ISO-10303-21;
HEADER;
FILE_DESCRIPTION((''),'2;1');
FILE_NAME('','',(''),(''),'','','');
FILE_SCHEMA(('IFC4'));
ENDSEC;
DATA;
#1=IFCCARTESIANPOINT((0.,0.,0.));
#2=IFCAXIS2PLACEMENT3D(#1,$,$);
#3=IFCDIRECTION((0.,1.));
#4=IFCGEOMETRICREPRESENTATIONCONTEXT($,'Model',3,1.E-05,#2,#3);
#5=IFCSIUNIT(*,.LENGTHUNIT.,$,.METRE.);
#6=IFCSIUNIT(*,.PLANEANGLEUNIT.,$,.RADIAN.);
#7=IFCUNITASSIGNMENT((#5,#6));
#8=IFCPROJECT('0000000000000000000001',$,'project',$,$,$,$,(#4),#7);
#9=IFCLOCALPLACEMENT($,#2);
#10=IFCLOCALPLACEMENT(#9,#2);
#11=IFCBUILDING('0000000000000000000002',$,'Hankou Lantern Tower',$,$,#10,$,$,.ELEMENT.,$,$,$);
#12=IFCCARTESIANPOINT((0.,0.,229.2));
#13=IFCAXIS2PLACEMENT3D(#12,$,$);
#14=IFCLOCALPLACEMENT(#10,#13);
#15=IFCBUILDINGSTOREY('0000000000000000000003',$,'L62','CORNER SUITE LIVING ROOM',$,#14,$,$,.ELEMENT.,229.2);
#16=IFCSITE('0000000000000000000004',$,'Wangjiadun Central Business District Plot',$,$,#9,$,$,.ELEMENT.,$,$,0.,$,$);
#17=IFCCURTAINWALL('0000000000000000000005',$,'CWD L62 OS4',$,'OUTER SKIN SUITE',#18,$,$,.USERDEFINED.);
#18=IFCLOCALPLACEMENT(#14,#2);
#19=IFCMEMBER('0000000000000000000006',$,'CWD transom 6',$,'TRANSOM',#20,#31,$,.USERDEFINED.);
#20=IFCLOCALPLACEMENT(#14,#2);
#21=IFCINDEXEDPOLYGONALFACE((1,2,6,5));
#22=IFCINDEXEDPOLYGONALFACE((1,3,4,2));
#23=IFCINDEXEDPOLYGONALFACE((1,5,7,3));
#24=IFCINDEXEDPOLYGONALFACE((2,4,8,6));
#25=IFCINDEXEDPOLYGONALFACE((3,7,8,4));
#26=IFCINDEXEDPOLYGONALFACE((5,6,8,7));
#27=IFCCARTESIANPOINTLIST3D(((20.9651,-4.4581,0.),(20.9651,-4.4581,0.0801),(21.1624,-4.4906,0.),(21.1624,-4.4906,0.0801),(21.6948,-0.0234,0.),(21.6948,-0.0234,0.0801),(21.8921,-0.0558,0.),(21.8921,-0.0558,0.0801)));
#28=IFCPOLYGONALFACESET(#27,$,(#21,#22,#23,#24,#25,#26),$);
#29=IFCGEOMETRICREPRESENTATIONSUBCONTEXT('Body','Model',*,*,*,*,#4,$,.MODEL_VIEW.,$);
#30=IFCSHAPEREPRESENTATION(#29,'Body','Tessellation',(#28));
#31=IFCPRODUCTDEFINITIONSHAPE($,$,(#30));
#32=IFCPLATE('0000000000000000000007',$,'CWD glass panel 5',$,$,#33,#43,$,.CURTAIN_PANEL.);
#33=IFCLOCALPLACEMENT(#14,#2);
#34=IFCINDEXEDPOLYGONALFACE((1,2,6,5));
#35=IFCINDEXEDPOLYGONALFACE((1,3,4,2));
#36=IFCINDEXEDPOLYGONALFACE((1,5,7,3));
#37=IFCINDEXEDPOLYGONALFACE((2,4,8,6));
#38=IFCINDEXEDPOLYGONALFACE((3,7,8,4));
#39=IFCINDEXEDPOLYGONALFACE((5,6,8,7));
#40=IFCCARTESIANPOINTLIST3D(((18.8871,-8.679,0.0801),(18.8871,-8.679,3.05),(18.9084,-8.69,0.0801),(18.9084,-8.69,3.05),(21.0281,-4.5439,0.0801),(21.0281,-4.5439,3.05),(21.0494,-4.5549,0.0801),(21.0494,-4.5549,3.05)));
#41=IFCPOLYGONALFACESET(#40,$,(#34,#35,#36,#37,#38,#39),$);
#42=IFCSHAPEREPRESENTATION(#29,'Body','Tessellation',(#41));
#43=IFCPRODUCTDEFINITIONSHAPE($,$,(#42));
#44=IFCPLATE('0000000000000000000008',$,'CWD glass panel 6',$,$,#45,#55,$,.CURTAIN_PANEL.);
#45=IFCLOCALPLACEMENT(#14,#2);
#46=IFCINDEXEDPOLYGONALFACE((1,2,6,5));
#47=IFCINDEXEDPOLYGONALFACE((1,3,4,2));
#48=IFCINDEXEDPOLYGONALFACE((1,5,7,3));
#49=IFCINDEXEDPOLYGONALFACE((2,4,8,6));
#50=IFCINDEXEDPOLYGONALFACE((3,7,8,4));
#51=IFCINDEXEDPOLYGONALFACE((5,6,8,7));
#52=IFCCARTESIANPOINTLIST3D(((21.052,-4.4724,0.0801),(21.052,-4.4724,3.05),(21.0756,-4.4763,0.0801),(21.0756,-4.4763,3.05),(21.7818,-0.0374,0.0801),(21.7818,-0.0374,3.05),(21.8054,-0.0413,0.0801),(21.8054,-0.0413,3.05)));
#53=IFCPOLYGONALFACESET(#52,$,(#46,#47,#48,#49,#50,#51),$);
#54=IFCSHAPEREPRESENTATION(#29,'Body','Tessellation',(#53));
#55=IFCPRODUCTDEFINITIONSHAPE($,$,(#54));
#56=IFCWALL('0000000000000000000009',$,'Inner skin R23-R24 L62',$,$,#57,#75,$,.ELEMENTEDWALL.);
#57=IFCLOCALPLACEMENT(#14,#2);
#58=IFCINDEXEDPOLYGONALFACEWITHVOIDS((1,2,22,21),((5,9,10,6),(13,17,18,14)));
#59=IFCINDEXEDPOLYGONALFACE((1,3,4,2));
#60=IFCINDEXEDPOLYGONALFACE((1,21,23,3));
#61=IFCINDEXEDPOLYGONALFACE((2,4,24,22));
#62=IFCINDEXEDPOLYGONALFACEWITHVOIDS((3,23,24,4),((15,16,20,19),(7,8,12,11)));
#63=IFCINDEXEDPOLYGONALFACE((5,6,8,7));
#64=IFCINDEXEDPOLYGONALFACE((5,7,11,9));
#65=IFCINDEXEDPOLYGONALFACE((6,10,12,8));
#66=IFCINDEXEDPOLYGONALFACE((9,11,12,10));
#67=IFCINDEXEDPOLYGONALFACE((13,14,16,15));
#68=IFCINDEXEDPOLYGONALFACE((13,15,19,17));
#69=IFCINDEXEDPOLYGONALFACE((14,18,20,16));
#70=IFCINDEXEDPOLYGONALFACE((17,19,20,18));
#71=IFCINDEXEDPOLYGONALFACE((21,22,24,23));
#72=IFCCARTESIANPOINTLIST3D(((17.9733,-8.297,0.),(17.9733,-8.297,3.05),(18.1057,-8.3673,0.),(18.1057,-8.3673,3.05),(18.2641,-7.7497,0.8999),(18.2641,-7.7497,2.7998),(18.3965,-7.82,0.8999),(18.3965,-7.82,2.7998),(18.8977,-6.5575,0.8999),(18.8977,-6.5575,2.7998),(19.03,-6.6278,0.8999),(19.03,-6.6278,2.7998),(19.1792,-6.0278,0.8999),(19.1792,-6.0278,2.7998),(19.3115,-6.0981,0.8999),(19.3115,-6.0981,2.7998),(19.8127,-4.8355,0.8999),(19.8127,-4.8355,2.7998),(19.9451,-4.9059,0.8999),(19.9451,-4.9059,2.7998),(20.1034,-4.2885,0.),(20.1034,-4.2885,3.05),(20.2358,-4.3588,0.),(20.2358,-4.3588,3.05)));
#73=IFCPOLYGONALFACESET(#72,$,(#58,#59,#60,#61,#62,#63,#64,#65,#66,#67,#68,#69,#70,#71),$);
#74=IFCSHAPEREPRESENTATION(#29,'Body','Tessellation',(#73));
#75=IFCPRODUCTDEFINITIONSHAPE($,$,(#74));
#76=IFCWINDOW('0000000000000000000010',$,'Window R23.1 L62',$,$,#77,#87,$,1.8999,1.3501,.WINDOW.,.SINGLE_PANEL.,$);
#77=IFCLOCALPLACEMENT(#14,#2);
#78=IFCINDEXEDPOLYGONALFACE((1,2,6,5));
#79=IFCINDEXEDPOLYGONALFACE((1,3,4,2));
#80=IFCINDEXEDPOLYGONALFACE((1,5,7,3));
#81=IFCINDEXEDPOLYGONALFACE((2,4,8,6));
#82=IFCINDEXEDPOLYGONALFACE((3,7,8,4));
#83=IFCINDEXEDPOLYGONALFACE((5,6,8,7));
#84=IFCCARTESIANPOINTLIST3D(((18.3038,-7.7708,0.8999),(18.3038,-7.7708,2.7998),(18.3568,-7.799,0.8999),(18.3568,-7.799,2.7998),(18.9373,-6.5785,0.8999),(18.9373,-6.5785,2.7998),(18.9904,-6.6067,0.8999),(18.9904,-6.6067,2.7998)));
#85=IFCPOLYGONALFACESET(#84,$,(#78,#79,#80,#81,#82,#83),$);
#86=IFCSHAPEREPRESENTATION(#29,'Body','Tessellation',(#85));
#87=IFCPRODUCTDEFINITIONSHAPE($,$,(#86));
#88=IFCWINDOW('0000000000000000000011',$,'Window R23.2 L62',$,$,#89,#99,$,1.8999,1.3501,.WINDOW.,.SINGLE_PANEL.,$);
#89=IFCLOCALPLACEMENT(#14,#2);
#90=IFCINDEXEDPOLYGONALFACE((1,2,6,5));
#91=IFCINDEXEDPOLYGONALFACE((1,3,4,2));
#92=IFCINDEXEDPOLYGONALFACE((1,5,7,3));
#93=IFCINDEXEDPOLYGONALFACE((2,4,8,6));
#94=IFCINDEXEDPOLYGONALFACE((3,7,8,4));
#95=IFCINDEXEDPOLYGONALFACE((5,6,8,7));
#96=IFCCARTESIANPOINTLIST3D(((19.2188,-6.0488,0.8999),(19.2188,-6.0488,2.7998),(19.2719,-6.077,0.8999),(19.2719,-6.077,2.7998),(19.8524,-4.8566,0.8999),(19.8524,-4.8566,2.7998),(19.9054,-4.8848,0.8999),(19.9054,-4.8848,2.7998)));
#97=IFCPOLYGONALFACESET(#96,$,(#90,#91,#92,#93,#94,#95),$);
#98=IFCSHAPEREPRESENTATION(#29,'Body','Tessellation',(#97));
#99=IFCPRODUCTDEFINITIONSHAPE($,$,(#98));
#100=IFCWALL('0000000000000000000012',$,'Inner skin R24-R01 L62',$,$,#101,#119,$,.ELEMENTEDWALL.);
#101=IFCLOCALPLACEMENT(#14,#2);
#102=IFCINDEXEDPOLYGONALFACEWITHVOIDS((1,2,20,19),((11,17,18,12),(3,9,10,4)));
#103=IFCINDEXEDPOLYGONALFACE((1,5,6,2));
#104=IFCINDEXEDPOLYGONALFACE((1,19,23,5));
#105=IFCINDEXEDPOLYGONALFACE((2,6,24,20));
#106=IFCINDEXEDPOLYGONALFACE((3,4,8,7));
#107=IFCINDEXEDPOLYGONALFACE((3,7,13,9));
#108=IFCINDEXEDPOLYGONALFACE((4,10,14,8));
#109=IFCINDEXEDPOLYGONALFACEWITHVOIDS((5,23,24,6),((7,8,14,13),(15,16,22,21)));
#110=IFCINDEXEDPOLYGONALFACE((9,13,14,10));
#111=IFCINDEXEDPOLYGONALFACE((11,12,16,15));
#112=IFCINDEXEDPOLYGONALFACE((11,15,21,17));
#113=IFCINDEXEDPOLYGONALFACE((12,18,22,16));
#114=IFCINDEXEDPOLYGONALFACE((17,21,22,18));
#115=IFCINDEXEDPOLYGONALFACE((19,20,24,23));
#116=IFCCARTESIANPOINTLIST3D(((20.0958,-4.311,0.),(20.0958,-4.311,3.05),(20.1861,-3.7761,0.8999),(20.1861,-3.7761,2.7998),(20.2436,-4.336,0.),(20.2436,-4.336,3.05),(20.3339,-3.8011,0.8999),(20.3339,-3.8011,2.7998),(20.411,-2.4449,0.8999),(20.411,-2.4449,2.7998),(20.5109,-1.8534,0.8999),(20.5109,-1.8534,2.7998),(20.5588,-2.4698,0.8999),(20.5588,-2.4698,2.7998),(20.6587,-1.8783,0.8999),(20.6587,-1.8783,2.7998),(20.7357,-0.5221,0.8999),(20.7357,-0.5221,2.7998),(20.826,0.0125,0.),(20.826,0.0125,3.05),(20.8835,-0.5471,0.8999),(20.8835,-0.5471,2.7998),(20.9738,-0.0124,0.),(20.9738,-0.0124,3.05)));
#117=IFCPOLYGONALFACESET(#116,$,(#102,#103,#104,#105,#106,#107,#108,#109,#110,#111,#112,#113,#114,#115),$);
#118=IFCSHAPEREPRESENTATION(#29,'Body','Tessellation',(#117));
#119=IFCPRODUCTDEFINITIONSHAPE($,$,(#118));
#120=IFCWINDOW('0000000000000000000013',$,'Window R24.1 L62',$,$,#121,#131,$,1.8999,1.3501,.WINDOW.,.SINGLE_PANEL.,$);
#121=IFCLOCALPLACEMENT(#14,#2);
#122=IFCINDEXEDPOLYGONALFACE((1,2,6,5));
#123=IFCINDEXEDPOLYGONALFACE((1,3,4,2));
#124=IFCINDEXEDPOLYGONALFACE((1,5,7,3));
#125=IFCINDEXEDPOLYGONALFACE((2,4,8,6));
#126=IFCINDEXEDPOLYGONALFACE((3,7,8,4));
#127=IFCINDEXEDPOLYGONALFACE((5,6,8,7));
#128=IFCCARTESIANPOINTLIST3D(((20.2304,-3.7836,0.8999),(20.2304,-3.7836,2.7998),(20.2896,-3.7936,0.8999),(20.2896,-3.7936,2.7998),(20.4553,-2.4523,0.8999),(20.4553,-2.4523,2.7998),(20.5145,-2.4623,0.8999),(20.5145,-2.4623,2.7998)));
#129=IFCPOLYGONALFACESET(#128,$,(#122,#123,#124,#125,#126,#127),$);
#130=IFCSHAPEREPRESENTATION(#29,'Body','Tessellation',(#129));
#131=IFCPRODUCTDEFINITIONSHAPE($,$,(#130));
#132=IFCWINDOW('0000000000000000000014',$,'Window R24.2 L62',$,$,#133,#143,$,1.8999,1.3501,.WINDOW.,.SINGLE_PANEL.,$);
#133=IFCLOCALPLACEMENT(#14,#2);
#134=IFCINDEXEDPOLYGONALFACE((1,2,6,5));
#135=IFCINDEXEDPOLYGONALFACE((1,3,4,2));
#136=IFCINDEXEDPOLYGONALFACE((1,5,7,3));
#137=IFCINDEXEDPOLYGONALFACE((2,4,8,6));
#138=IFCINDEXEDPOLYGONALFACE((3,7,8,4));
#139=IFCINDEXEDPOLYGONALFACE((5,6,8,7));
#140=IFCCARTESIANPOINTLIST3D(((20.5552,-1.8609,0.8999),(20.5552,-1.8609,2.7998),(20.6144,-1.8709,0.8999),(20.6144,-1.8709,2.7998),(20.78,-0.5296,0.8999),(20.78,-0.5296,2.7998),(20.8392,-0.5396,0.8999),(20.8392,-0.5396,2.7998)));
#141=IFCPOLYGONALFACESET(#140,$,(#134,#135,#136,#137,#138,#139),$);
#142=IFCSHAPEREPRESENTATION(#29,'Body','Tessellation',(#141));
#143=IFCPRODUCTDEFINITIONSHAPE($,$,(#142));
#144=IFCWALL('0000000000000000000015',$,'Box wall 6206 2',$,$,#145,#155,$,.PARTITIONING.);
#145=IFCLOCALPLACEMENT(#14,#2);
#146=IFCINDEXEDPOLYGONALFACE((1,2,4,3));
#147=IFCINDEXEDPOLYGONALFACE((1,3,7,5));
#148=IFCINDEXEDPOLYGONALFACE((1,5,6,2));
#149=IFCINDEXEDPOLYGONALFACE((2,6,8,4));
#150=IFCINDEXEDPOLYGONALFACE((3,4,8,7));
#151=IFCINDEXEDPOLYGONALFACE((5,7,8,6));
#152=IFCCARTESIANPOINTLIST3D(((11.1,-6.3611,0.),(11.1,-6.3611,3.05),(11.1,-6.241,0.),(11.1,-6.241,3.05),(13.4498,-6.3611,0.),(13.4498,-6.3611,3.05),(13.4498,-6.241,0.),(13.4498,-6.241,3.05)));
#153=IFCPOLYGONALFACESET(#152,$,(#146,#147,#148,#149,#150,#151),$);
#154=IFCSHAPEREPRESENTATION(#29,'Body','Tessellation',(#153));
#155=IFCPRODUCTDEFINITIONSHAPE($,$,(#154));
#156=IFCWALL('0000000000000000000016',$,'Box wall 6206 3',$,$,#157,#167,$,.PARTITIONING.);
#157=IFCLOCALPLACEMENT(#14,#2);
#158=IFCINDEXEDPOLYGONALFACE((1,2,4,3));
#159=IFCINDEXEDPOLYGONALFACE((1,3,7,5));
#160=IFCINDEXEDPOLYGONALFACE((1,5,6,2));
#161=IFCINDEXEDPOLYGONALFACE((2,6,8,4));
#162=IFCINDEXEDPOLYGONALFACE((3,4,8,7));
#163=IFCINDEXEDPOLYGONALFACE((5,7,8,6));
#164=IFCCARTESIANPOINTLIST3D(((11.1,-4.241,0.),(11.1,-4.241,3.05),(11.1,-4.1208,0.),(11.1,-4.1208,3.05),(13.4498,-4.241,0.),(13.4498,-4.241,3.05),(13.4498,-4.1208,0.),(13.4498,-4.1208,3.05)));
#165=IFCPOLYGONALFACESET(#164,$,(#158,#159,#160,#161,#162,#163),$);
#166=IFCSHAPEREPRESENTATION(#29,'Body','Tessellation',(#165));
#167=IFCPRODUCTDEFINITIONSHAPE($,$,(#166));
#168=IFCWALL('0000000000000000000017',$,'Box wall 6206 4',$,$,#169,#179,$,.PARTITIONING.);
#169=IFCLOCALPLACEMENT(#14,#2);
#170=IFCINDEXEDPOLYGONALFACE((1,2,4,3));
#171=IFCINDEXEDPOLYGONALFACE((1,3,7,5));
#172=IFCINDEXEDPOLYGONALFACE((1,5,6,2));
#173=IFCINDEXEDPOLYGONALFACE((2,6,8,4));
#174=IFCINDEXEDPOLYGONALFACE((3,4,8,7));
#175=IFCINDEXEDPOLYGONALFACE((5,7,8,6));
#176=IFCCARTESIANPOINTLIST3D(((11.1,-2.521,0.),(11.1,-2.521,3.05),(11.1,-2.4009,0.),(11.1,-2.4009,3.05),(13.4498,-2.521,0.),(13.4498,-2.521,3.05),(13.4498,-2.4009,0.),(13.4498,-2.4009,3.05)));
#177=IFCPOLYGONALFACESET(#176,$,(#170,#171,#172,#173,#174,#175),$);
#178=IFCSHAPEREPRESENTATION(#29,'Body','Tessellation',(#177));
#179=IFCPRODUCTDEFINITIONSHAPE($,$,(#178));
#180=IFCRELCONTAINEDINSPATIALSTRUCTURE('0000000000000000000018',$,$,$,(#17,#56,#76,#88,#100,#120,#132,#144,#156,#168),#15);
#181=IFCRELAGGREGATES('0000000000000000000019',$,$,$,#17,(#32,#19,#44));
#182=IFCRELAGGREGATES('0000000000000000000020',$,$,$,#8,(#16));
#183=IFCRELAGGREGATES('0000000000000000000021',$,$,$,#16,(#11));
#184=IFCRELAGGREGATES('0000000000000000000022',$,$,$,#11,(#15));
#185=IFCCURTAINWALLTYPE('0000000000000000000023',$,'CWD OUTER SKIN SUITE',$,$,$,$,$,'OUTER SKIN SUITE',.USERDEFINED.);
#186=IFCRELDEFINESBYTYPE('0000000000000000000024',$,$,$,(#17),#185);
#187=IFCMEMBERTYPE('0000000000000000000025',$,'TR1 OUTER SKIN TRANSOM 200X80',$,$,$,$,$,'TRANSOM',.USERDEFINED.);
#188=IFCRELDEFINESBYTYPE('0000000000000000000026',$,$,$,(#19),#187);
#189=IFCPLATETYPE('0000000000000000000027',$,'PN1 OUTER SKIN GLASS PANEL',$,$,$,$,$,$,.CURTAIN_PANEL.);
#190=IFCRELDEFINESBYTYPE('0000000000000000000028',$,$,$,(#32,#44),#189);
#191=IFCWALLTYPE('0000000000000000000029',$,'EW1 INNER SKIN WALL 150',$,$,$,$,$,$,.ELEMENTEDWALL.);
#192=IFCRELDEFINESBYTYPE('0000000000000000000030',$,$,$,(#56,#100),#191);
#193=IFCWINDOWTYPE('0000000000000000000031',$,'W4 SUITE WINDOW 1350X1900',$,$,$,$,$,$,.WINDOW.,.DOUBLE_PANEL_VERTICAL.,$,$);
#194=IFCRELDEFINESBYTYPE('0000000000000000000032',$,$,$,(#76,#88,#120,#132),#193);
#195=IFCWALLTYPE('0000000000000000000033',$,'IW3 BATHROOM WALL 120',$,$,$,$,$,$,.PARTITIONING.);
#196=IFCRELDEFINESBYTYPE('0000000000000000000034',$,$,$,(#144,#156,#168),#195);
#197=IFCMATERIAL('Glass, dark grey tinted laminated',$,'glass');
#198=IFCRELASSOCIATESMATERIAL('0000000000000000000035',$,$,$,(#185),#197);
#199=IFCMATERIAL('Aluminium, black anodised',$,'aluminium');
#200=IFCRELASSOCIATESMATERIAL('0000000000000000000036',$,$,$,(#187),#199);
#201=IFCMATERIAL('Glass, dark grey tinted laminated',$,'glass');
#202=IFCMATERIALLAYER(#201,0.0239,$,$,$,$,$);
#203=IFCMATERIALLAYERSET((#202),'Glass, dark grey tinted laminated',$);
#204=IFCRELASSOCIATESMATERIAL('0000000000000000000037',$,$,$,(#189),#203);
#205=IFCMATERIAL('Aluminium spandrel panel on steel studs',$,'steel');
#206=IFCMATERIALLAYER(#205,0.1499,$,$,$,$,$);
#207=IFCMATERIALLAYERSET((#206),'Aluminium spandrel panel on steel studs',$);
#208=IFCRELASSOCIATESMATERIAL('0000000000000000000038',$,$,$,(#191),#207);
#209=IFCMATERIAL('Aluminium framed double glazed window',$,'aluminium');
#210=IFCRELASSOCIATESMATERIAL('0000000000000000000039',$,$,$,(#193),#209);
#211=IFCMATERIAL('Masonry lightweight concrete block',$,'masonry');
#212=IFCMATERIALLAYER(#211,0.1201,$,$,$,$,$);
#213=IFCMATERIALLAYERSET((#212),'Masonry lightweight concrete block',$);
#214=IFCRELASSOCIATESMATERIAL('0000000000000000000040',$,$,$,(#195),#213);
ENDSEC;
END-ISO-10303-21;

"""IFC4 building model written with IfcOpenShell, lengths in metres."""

from ifc_helpers import new_model, si_unit, direction, frame, frame_2d, origin, origin_2d, place, context, subcontext, project, spatial, rectangle, extrude, material, layer, layer_set, material_profile, profile_set, type_object, element, fill, aggregate, save


model = new_model("IFC4")

# Units and contexts
model_context = context("Model", 3, precision=1e-05, world=origin(), true_north=direction((0.0, 1.0)))
body_context = subcontext(model_context, "Body", "Model", "MODEL_VIEW")
ifc_project = project(units=[si_unit("LENGTHUNIT", "METRE"), si_unit("PLANEANGLEUNIT", "RADIAN")], contexts=[model_context])

# Site, building, storey
site_placement = place(None, origin())
site = spatial("IfcSite", under=ifc_project, at=site_placement, Name="Wangjiadun Central Business District Plot", CompositionType="ELEMENT", RefElevation=0.0)
building_placement = place(site_placement, origin())
building = spatial("IfcBuilding", under=site, at=building_placement, Name="Hankou Lantern Tower", CompositionType="ELEMENT")
storey_placement = place(building_placement, frame((0.0, 0.0, 229.2)))
storey = spatial("IfcBuildingStorey", under=building, at=storey_placement, Name="L62", Description="CORNER SUITE LIVING ROOM", CompositionType="ELEMENT", Elevation=229.2)

# Curtain wall
ifc_material_1 = material(Name="Glass, dark grey tinted laminated", Category="glass")
curtain_wall_type = type_object("IfcCurtainWallType", Name="CWD OUTER SKIN SUITE", ElementType="OUTER SKIN SUITE", PredefinedType="USERDEFINED", material=ifc_material_1)
curtain_wall_placement = place(storey_placement, origin())
curtain_wall = element("IfcCurtainWall", 1, at=curtain_wall_placement, inside=storey, type_object=curtain_wall_type, Name="CWD L62 OS4", ObjectType="OUTER SKIN SUITE", PredefinedType="USERDEFINED")

# Member
ifc_material_2 = material(Name="Aluminium, black anodised", Category="aluminium")
ifc_material_profile_1 = material_profile(ifc_material_2, rectangle(XDim=0.2, YDim=0.0801, at=origin_2d()), Name="TR1 200X80")
ifc_profile_set_1 = profile_set([ifc_material_profile_1], Name="Aluminium, black anodised")
member_type_1 = type_object("IfcMemberType", Name="TR1 OUTER SKIN TRANSOM 200X80", ElementType="TRANSOM", PredefinedType="USERDEFINED", material=ifc_profile_set_1)
member_1_placement = place(storey_placement, frame((21.0637, -4.4744, 0.04), z_axis=(0.162364, 0.986731, 0.0), x_axis=(-0.986731, 0.162364, 0.0)))
member_1 = element("IfcMember", 2, at=member_1_placement, type_object=member_type_1, Name="CWD transom 6", ObjectType="TRANSOM", PredefinedType="USERDEFINED", context=body_context, shape_type="SweptSolid", body=[
    extrude(rectangle(XDim=0.2, YDim=0.0801, at=origin_2d()), origin(), (0.0, 0.0, 1.0), 4.4944),
])

# Plates
ifc_material_3 = material(Name="Glass, dark grey tinted laminated", Category="glass")
ifc_layer_1 = layer(ifc_material_3, 0.0239)
ifc_layer_set_1 = layer_set([ifc_layer_1], Name="Glass, dark grey tinted laminated")
plate_type = type_object("IfcPlateType", Name="PN1 OUTER SKIN GLASS PANEL", PredefinedType="CURTAIN_PANEL", material=ifc_layer_set_1)
plate_1_placement = place(storey_placement, frame((19.9683, -6.6169, 0.0801), z_axis=(0.0, 0.0, 1.0), x_axis=(0.459791, 0.888027, 0.0)))
plate_1 = element("IfcPlate", 3, at=plate_1_placement, type_object=plate_type, Name="CWD glass panel 5", PredefinedType="CURTAIN_PANEL", context=body_context, shape_type="SweptSolid", body=[
    extrude(rectangle(XDim=4.6565, YDim=0.0239, at=origin_2d()), origin(), (0.0, 0.0, 1.0), 2.97),
])
plate_2_placement = place(storey_placement, frame((21.4287, -2.2568, 0.0801), z_axis=(0.0, 0.0, 1.0), x_axis=(0.162382, 0.986728, 0.0)))
plate_2 = element("IfcPlate", 4, at=plate_2_placement, type_object=plate_type, Name="CWD glass panel 6", PredefinedType="CURTAIN_PANEL", context=body_context, shape_type="SweptSolid", body=[
    extrude(rectangle(XDim=4.4946, YDim=0.0239, at=origin_2d()), origin(), (0.0, 0.0, 1.0), 2.97),
])
aggregate(curtain_wall, [plate_1, member_1, plate_2])

# Walls, openings, windows
ifc_material_4 = material(Name="Aluminium spandrel panel on steel studs", Category="steel")
ifc_layer_2 = layer(ifc_material_4, 0.1499)
ifc_layer_set_2 = layer_set([ifc_layer_2], Name="Aluminium spandrel panel on steel studs")
wall_type_1 = type_object("IfcWallType", Name="EW1 INNER SKIN WALL 150", PredefinedType="ELEMENTEDWALL", material=ifc_layer_set_2)
wall_1_placement = place(storey_placement, frame((18.0396, -8.332, 0.0), z_axis=(0.0, 0.0, 1.0), x_axis=(0.469256, 0.883062, 0.0)))
wall_1 = element("IfcWall", 5, at=wall_1_placement, inside=storey, type_object=wall_type_1, Name="Inner skin R23-R24 L62", PredefinedType="ELEMENTEDWALL", context=body_context, shape_type="SweptSolid", body=[
    extrude(rectangle(XDim=4.5393, YDim=0.1499, at=frame_2d((2.2695, 0.0))), origin(), (0.0, 0.0, 1.0), 3.05),
])
opening_1_placement = place(wall_1_placement, frame((0.6196, 0.0, 0.8999)))
opening_1 = element("IfcOpeningElement", 6, at=opening_1_placement, cuts=wall_1, PredefinedType="OPENING", context=body_context, shape_type="SweptSolid", body=[
    extrude(rectangle(XDim=1.3501, YDim=1.8999, at=frame_2d((0.675, 0.95))), frame((0.0, 0.085, 0.0), z_axis=(0.0, -1.0, 0.0), x_axis=(1.0, 0.0, 0.0)), (0.0, 0.0, 1.0), 0.1699),
])
opening_2_placement = place(wall_1_placement, frame((2.5696, 0.0, 0.8999)))
opening_2 = element("IfcOpeningElement", 7, at=opening_2_placement, cuts=wall_1, PredefinedType="OPENING", context=body_context, shape_type="SweptSolid", body=[
    extrude(rectangle(XDim=1.3501, YDim=1.8999, at=frame_2d((0.675, 0.95))), frame((0.0, 0.085, 0.0), z_axis=(0.0, -1.0, 0.0), x_axis=(1.0, 0.0, 0.0)), (0.0, 0.0, 1.0), 0.1699),
])
ifc_material_5 = material(Name="Aluminium framed double glazed window", Category="aluminium")
window_type = type_object("IfcWindowType", Name="W4 SUITE WINDOW 1350X1900", PartitioningType="DOUBLE_PANEL_VERTICAL", PredefinedType="WINDOW", material=ifc_material_5)
window_1_placement = place(opening_1_placement, origin())
window_1 = element("IfcWindow", 8, at=window_1_placement, inside=storey, type_object=window_type, Name="Window R23.1 L62", OverallHeight=1.8999, OverallWidth=1.3501, PartitioningType="SINGLE_PANEL", PredefinedType="WINDOW", context=body_context, shape_type="SweptSolid", body=[
    extrude(rectangle(XDim=1.3501, YDim=1.8999, at=frame_2d((0.675, 0.95))), frame((0.0, 0.03, 0.0), z_axis=(0.0, -1.0, 0.0), x_axis=(1.0, 0.0, 0.0)), (0.0, 0.0, 1.0), 0.0601),
])
fill(opening_1, window_1)
window_2_placement = place(opening_2_placement, origin())
window_2 = element("IfcWindow", 9, at=window_2_placement, inside=storey, type_object=window_type, Name="Window R23.2 L62", OverallHeight=1.8999, OverallWidth=1.3501, PartitioningType="SINGLE_PANEL", PredefinedType="WINDOW", context=body_context, shape_type="SweptSolid", body=[
    extrude(rectangle(XDim=1.3501, YDim=1.8999, at=frame_2d((0.675, 0.95))), frame((0.0, 0.03, 0.0), z_axis=(0.0, -1.0, 0.0), x_axis=(1.0, 0.0, 0.0)), (0.0, 0.0, 1.0), 0.0601),
])
fill(opening_2, window_2)
wall_2_placement = place(storey_placement, frame((20.1697, -4.3235, 0.0), z_axis=(0.0, 0.0, 1.0), x_axis=(0.166539, 0.986035, 0.0)))
wall_2 = element("IfcWall", 10, at=wall_2_placement, inside=storey, type_object=wall_type_1, Name="Inner skin R24-R01 L62", PredefinedType="ELEMENTEDWALL", context=body_context, shape_type="SweptSolid", body=[
    extrude(rectangle(XDim=4.3848, YDim=0.1499, at=frame_2d((2.1924, 0.0))), origin(), (0.0, 0.0, 1.0), 3.05),
])
opening_3_placement = place(wall_2_placement, frame((0.5425, 0.0, 0.8999)))
opening_3 = element("IfcOpeningElement", 11, at=opening_3_placement, cuts=wall_2, PredefinedType="OPENING", context=body_context, shape_type="SweptSolid", body=[
    extrude(rectangle(XDim=1.3501, YDim=1.8999, at=frame_2d((0.675, 0.95))), frame((0.0, 0.085, 0.0), z_axis=(0.0, -1.0, 0.0), x_axis=(1.0, 0.0, 0.0)), (0.0, 0.0, 1.0), 0.1699),
])
opening_4_placement = place(wall_2_placement, frame((2.4924, 0.0, 0.8999)))
opening_4 = element("IfcOpeningElement", 12, at=opening_4_placement, cuts=wall_2, PredefinedType="OPENING", context=body_context, shape_type="SweptSolid", body=[
    extrude(rectangle(XDim=1.3501, YDim=1.8999, at=frame_2d((0.675, 0.95))), frame((0.0, 0.085, 0.0), z_axis=(0.0, -1.0, 0.0), x_axis=(1.0, 0.0, 0.0)), (0.0, 0.0, 1.0), 0.1699),
])
window_3_placement = place(opening_3_placement, origin())
window_3 = element("IfcWindow", 13, at=window_3_placement, inside=storey, type_object=window_type, Name="Window R24.1 L62", OverallHeight=1.8999, OverallWidth=1.3501, PartitioningType="SINGLE_PANEL", PredefinedType="WINDOW", context=body_context, shape_type="SweptSolid", body=[
    extrude(rectangle(XDim=1.3501, YDim=1.8999, at=frame_2d((0.675, 0.95))), frame((0.0, 0.03, 0.0), z_axis=(0.0, -1.0, 0.0), x_axis=(1.0, 0.0, 0.0)), (0.0, 0.0, 1.0), 0.0601),
])
fill(opening_3, window_3)
window_4_placement = place(opening_4_placement, origin())
window_4 = element("IfcWindow", 14, at=window_4_placement, inside=storey, type_object=window_type, Name="Window R24.2 L62", OverallHeight=1.8999, OverallWidth=1.3501, PartitioningType="SINGLE_PANEL", PredefinedType="WINDOW", context=body_context, shape_type="SweptSolid", body=[
    extrude(rectangle(XDim=1.3501, YDim=1.8999, at=frame_2d((0.675, 0.95))), frame((0.0, 0.03, 0.0), z_axis=(0.0, -1.0, 0.0), x_axis=(1.0, 0.0, 0.0)), (0.0, 0.0, 1.0), 0.0601),
])
fill(opening_4, window_4)

# Walls
ifc_material_6 = material(Name="Masonry lightweight concrete block", Category="masonry")
ifc_layer_3 = layer(ifc_material_6, 0.1201)
ifc_layer_set_3 = layer_set([ifc_layer_3], Name="Masonry lightweight concrete block")
wall_type_2 = type_object("IfcWallType", Name="IW3 BATHROOM WALL 120", PredefinedType="PARTITIONING", material=ifc_layer_set_3)
for number, where, z_axis, x_axis, name in (
    (15, (11.1001, -6.301, 0.0), (0.0, 0.0, 1.0), (1.0, 0.0, 0.0), "Box wall 6206 2"),
    (16, (11.1001, -4.1809, 0.0), (0.0, 0.0, 1.0), (1.0, 0.0, 0.0), "Box wall 6206 3"),
    (17, (11.1001, -2.4609, 0.0), (0.0, 0.0, 1.0), (1.0, 0.0, 0.0), "Box wall 6206 4"),
):
    element("IfcWall", number, at=place(storey_placement, frame(where, z_axis=z_axis, x_axis=x_axis)), inside=storey, type_object=wall_type_2, Name=name, PredefinedType="PARTITIONING", context=body_context, shape_type="SweptSolid", body=[
        extrude(rectangle(XDim=2.3499, YDim=0.1201, at=frame_2d((1.1748, 0.0))), origin(), (0.0, 0.0, 1.0), 3.05),
    ])

save(model, "model.ifc")
